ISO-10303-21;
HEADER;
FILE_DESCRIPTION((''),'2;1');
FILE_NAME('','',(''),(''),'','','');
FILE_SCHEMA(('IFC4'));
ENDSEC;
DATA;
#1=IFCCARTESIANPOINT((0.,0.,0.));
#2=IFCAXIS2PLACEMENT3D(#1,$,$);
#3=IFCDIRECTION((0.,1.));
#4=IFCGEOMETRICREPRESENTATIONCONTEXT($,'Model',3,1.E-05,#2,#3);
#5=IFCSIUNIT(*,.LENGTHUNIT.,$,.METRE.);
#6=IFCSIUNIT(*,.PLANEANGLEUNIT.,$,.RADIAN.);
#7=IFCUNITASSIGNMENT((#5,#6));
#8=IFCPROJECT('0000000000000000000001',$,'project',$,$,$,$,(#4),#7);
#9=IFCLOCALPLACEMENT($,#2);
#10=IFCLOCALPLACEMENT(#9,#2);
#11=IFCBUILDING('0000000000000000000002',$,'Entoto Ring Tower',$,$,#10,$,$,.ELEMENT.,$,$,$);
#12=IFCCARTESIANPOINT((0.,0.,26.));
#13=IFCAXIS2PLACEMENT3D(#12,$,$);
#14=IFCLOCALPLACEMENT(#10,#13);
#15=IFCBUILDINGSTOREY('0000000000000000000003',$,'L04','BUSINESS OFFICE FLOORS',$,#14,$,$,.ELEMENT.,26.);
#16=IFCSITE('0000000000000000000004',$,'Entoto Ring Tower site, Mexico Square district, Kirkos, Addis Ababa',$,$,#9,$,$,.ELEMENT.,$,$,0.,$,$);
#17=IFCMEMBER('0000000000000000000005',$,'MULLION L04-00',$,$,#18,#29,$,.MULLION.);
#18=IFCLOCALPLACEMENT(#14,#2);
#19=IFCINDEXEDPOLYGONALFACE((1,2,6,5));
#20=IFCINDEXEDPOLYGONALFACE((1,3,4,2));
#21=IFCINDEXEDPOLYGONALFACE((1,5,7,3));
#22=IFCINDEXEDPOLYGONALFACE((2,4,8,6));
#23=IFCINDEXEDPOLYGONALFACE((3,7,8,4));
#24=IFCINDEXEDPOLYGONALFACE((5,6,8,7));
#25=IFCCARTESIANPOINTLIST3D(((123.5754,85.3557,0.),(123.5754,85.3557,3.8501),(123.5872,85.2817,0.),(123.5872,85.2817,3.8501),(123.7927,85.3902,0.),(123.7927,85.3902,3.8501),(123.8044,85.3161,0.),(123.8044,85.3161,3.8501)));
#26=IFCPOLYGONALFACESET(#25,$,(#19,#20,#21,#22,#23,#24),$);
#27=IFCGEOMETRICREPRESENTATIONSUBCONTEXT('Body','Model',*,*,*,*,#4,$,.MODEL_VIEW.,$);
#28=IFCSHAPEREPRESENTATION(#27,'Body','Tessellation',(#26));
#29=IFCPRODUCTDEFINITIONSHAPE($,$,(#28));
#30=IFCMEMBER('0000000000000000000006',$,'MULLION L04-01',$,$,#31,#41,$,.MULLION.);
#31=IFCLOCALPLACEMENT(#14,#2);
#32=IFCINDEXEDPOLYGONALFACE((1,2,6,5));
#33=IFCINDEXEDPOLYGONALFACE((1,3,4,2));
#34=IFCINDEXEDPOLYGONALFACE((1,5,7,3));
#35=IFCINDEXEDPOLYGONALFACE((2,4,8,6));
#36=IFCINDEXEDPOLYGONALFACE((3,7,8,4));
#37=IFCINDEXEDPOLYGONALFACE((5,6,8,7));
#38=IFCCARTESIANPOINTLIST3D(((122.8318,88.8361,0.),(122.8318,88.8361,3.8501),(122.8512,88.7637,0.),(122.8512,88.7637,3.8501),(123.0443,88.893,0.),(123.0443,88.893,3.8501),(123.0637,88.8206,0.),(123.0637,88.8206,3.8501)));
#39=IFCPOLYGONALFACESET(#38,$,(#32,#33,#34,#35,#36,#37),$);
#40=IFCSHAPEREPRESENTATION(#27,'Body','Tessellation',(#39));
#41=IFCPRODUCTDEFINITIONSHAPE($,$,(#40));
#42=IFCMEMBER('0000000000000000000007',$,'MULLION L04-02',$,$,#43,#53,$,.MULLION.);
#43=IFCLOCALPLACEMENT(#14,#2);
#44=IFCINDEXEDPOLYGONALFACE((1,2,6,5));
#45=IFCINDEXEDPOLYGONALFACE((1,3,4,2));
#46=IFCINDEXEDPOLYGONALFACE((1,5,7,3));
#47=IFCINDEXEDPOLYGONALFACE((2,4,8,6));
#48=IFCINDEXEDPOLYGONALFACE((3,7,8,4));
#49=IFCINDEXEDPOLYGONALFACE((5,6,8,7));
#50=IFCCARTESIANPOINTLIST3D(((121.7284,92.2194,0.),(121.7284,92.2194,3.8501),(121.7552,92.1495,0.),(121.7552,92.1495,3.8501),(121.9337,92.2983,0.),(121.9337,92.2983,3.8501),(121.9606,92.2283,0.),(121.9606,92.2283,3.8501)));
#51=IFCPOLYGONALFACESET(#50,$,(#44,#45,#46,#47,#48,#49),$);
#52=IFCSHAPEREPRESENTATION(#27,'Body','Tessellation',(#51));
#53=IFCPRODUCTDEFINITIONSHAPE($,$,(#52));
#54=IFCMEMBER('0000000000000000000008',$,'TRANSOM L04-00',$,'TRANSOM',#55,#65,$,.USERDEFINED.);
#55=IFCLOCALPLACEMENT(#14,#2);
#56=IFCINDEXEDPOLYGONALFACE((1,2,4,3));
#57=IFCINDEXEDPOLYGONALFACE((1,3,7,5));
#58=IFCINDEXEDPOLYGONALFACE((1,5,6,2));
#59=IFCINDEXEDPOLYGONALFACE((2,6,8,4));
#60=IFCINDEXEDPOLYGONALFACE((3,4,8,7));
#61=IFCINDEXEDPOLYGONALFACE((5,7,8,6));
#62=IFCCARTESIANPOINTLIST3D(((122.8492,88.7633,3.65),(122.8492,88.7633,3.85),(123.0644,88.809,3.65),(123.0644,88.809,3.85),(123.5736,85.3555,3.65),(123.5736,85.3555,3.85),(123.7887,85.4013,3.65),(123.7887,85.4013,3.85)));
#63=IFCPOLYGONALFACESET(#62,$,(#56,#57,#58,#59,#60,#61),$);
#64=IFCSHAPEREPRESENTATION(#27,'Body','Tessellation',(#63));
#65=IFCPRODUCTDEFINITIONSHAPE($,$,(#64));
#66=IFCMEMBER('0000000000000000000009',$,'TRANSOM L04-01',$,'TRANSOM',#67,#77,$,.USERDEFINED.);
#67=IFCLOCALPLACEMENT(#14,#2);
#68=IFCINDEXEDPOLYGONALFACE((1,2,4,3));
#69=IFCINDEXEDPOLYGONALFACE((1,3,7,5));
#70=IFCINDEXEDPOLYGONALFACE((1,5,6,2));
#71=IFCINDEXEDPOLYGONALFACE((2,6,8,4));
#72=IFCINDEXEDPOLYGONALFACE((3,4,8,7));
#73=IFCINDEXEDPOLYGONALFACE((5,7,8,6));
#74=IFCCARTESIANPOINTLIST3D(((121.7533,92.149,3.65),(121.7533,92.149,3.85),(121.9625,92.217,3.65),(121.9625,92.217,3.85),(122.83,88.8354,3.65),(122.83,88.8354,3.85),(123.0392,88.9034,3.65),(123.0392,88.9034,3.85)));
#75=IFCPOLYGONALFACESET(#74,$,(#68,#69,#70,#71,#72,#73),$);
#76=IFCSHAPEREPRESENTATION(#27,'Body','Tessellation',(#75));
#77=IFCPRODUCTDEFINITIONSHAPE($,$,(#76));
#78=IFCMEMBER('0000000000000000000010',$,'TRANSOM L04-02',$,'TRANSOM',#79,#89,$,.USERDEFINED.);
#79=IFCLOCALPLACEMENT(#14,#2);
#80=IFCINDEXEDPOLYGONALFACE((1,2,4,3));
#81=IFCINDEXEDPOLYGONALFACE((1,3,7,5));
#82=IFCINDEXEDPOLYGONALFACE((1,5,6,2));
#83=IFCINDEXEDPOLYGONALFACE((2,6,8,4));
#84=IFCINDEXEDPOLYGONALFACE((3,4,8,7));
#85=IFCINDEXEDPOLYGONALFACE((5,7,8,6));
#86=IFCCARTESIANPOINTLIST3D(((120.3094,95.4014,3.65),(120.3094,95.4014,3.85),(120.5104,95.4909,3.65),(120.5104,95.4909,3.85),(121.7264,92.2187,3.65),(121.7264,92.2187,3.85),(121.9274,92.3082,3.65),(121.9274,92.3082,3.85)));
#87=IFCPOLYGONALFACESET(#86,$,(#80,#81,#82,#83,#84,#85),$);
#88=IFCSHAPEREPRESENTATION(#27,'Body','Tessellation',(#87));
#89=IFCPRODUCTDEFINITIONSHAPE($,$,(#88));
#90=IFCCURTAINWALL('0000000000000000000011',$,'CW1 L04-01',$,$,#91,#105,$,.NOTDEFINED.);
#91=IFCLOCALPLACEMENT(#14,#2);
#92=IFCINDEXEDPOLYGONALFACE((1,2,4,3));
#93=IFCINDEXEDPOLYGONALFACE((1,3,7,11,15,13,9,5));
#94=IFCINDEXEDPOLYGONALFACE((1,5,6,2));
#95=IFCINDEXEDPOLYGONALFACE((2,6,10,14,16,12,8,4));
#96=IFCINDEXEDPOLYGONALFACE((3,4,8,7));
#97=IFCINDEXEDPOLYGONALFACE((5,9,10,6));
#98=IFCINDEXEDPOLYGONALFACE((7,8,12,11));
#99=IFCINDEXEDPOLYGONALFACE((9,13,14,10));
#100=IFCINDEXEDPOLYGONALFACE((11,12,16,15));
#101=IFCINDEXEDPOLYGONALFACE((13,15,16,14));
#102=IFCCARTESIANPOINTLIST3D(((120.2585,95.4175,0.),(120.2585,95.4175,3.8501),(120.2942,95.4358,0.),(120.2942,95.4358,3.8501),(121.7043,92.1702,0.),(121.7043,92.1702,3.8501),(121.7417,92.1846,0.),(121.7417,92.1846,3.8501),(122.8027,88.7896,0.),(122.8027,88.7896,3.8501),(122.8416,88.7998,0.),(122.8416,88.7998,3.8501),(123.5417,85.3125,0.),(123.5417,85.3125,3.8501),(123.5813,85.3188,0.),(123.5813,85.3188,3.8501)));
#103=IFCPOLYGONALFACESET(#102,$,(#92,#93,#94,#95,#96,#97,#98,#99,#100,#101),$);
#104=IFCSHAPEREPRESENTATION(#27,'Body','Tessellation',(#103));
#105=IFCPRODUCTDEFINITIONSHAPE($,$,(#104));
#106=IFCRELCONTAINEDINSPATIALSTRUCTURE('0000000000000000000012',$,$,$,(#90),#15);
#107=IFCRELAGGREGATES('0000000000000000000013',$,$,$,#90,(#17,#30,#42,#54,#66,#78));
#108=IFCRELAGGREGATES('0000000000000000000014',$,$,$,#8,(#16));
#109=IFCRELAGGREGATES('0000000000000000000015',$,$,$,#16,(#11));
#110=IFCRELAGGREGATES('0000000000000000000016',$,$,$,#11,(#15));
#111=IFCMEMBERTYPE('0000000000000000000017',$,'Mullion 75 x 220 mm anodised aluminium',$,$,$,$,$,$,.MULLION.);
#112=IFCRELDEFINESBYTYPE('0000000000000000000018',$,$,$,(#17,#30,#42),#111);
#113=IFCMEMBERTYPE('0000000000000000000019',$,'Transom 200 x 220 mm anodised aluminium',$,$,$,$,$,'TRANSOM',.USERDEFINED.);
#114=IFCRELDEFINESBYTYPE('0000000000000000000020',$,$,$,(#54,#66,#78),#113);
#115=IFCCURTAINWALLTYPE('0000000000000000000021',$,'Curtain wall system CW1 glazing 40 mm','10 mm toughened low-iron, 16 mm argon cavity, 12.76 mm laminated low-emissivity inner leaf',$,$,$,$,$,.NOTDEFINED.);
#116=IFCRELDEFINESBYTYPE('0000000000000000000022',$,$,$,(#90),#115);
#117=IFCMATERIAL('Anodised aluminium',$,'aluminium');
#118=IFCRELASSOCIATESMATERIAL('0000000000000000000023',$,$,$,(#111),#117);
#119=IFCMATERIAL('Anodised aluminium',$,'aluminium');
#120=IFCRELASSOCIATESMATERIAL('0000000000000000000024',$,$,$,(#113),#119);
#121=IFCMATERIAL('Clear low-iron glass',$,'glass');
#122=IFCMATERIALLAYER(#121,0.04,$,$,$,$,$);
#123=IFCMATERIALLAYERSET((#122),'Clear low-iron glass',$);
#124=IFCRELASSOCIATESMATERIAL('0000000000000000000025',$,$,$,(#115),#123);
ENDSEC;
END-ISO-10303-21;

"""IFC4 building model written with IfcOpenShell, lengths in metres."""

from ifc_helpers import new_model, si_unit, direction, frame, origin, origin_2d, place, context, subcontext, project, spatial, polyline, rectangle, outline, extrude, material, layer, layer_set, material_profile, profile_set, type_object, element, aggregate, save


model = new_model("IFC4")

# Units and contexts
model_context = context("Model", 3, precision=1e-05, world=origin(), true_north=direction((0.0, 1.0)))
body_context = subcontext(model_context, "Body", "Model", "MODEL_VIEW")
ifc_project = project(units=[si_unit("LENGTHUNIT", "METRE"), si_unit("PLANEANGLEUNIT", "RADIAN")], contexts=[model_context])

# Members
ifc_material_1 = material(Name="Anodised aluminium", Category="aluminium")
ifc_material_profile_1 = material_profile(ifc_material_1, rectangle(XDim=0.075, YDim=0.22, at=origin_2d()), Name="Mullion 75 x 220 mm anodised aluminium")
ifc_profile_set_1 = profile_set([ifc_material_profile_1], Name="Anodised aluminium")
member_type_1 = type_object("IfcMemberType", Name="Mullion 75 x 220 mm anodised aluminium", PredefinedType="MULLION", material=ifc_profile_set_1)
site_placement = place(None, origin())
building_placement = place(site_placement, origin())
storey_placement = place(building_placement, frame((0.0, 0.0, 26.0)))
member_1_placement = place(storey_placement, frame((123.6899, 85.3359, 0.0), z_axis=(0.0, 0.0, 1.0), x_axis=(-0.156434, 0.987688, 0.0)))
member_1 = element("IfcMember", 1, at=member_1_placement, type_object=member_type_1, Name="MULLION L04-00", PredefinedType="MULLION", context=body_context, shape_type="SweptSolid", body=[
    extrude(rectangle(XDim=0.075, YDim=0.22, at=origin_2d()), origin(), (0.0, 0.0, 1.0), 3.8501),
])
member_2_placement = place(storey_placement, frame((122.9478, 88.8284, 0.0), z_axis=(0.0, 0.0, 1.0), x_axis=(-0.258819, 0.965926, 0.0)))
member_2 = element("IfcMember", 2, at=member_2_placement, type_object=member_type_1, Name="MULLION L04-01", PredefinedType="MULLION", context=body_context, shape_type="SweptSolid", body=[
    extrude(rectangle(XDim=0.075, YDim=0.22, at=origin_2d()), origin(), (0.0, 0.0, 1.0), 3.8501),
])
member_3_placement = place(storey_placement, frame((121.8445, 92.2239, 0.0), z_axis=(0.0, 0.0, 1.0), x_axis=(-0.358368, 0.93358, 0.0)))
member_3 = element("IfcMember", 3, at=member_3_placement, type_object=member_type_1, Name="MULLION L04-02", PredefinedType="MULLION", context=body_context, shape_type="SweptSolid", body=[
    extrude(rectangle(XDim=0.075, YDim=0.22, at=origin_2d()), origin(), (0.0, 0.0, 1.0), 3.8501),
])
ifc_material_2 = material(Name="Anodised aluminium", Category="aluminium")
ifc_material_profile_2 = material_profile(ifc_material_2, rectangle(XDim=0.22, YDim=0.2, at=origin_2d()), Name="Transom 200 x 220 mm anodised aluminium")
ifc_profile_set_2 = profile_set([ifc_material_profile_2], Name="Anodised aluminium")
member_type_2 = type_object("IfcMemberType", Name="Transom 200 x 220 mm anodised aluminium", ElementType="TRANSOM", PredefinedType="USERDEFINED", material=ifc_profile_set_2)
member_4_placement = place(storey_placement, frame((123.6812, 85.3784, 3.75), z_axis=(-0.207921, 0.978146, 0.0), x_axis=(-0.978146, -0.207921, 0.0)))
member_4 = element("IfcMember", 4, at=member_4_placement, type_object=member_type_2, Name="TRANSOM L04-00", ObjectType="TRANSOM", PredefinedType="USERDEFINED", context=body_context, shape_type="SweptSolid", body=[
    extrude(rectangle(XDim=0.22, YDim=0.2, at=origin_2d()), origin(), (0.0, 0.0, 1.0), 3.4839),
])
member_5_placement = place(storey_placement, frame((122.9346, 88.8694, 3.75), z_axis=(-0.309029, 0.951053, 0.0), x_axis=(-0.951053, -0.309029, 0.0)))
member_5 = element("IfcMember", 5, at=member_5_placement, type_object=member_type_2, Name="TRANSOM L04-01", ObjectType="TRANSOM", PredefinedType="USERDEFINED", context=body_context, shape_type="SweptSolid", body=[
    extrude(rectangle(XDim=0.22, YDim=0.2, at=origin_2d()), origin(), (0.0, 0.0, 1.0), 3.4841),
])
member_6_placement = place(storey_placement, frame((121.8269, 92.2634, 3.75), z_axis=(-0.406737, 0.913545, 0.0), x_axis=(-0.913545, -0.406737, 0.0)))
member_6 = element("IfcMember", 6, at=member_6_placement, type_object=member_type_2, Name="TRANSOM L04-02", ObjectType="TRANSOM", PredefinedType="USERDEFINED", context=body_context, shape_type="SweptSolid", body=[
    extrude(rectangle(XDim=0.22, YDim=0.2, at=origin_2d()), origin(), (0.0, 0.0, 1.0), 3.4839),
])

# Site, building, storey
site = spatial("IfcSite", under=ifc_project, at=site_placement, Name="Entoto Ring Tower site, Mexico Square district, Kirkos, Addis Ababa", CompositionType="ELEMENT", RefElevation=0.0)
building = spatial("IfcBuilding", under=site, at=building_placement, Name="Entoto Ring Tower", CompositionType="ELEMENT")
storey = spatial("IfcBuildingStorey", under=building, at=storey_placement, Name="L04", Description="BUSINESS OFFICE FLOORS", CompositionType="ELEMENT", Elevation=26.0)

# Curtain wall
ifc_material_3 = material(Name="Clear low-iron glass", Category="glass")
ifc_layer_1 = layer(ifc_material_3, 0.04)
ifc_layer_set_1 = layer_set([ifc_layer_1], Name="Clear low-iron glass")
curtain_wall_type = type_object("IfcCurtainWallType", Name="Curtain wall system CW1 glazing 40 mm", Description="10 mm toughened low-iron, 16 mm argon cavity, 12.76 mm laminated low-emissivity inner leaf", PredefinedType="NOTDEFINED", material=ifc_layer_set_1)
curtain_wall_1_placement = place(storey_placement, origin())
curtain_wall_1 = element("IfcCurtainWall", 7, at=curtain_wall_1_placement, inside=storey, type_object=curtain_wall_type, Name="CW1 L04-01", PredefinedType="NOTDEFINED", context=body_context, shape_type="SweptSolid", body=[
    extrude(outline(polyline([(123.5813, 85.3188), (122.8416, 88.7998), (121.7417, 92.1846), (120.2942, 95.4358), (120.2585, 95.4175), (121.7043, 92.1702), (122.8027, 88.7896), (123.5417, 85.3125), (123.5813, 85.3188)])), origin(), (0.0, 0.0, 1.0), 3.8501),
])
aggregate(curtain_wall_1, [member_1, member_2, member_3, member_4, member_5, member_6])

save(model, "model.ifc")
